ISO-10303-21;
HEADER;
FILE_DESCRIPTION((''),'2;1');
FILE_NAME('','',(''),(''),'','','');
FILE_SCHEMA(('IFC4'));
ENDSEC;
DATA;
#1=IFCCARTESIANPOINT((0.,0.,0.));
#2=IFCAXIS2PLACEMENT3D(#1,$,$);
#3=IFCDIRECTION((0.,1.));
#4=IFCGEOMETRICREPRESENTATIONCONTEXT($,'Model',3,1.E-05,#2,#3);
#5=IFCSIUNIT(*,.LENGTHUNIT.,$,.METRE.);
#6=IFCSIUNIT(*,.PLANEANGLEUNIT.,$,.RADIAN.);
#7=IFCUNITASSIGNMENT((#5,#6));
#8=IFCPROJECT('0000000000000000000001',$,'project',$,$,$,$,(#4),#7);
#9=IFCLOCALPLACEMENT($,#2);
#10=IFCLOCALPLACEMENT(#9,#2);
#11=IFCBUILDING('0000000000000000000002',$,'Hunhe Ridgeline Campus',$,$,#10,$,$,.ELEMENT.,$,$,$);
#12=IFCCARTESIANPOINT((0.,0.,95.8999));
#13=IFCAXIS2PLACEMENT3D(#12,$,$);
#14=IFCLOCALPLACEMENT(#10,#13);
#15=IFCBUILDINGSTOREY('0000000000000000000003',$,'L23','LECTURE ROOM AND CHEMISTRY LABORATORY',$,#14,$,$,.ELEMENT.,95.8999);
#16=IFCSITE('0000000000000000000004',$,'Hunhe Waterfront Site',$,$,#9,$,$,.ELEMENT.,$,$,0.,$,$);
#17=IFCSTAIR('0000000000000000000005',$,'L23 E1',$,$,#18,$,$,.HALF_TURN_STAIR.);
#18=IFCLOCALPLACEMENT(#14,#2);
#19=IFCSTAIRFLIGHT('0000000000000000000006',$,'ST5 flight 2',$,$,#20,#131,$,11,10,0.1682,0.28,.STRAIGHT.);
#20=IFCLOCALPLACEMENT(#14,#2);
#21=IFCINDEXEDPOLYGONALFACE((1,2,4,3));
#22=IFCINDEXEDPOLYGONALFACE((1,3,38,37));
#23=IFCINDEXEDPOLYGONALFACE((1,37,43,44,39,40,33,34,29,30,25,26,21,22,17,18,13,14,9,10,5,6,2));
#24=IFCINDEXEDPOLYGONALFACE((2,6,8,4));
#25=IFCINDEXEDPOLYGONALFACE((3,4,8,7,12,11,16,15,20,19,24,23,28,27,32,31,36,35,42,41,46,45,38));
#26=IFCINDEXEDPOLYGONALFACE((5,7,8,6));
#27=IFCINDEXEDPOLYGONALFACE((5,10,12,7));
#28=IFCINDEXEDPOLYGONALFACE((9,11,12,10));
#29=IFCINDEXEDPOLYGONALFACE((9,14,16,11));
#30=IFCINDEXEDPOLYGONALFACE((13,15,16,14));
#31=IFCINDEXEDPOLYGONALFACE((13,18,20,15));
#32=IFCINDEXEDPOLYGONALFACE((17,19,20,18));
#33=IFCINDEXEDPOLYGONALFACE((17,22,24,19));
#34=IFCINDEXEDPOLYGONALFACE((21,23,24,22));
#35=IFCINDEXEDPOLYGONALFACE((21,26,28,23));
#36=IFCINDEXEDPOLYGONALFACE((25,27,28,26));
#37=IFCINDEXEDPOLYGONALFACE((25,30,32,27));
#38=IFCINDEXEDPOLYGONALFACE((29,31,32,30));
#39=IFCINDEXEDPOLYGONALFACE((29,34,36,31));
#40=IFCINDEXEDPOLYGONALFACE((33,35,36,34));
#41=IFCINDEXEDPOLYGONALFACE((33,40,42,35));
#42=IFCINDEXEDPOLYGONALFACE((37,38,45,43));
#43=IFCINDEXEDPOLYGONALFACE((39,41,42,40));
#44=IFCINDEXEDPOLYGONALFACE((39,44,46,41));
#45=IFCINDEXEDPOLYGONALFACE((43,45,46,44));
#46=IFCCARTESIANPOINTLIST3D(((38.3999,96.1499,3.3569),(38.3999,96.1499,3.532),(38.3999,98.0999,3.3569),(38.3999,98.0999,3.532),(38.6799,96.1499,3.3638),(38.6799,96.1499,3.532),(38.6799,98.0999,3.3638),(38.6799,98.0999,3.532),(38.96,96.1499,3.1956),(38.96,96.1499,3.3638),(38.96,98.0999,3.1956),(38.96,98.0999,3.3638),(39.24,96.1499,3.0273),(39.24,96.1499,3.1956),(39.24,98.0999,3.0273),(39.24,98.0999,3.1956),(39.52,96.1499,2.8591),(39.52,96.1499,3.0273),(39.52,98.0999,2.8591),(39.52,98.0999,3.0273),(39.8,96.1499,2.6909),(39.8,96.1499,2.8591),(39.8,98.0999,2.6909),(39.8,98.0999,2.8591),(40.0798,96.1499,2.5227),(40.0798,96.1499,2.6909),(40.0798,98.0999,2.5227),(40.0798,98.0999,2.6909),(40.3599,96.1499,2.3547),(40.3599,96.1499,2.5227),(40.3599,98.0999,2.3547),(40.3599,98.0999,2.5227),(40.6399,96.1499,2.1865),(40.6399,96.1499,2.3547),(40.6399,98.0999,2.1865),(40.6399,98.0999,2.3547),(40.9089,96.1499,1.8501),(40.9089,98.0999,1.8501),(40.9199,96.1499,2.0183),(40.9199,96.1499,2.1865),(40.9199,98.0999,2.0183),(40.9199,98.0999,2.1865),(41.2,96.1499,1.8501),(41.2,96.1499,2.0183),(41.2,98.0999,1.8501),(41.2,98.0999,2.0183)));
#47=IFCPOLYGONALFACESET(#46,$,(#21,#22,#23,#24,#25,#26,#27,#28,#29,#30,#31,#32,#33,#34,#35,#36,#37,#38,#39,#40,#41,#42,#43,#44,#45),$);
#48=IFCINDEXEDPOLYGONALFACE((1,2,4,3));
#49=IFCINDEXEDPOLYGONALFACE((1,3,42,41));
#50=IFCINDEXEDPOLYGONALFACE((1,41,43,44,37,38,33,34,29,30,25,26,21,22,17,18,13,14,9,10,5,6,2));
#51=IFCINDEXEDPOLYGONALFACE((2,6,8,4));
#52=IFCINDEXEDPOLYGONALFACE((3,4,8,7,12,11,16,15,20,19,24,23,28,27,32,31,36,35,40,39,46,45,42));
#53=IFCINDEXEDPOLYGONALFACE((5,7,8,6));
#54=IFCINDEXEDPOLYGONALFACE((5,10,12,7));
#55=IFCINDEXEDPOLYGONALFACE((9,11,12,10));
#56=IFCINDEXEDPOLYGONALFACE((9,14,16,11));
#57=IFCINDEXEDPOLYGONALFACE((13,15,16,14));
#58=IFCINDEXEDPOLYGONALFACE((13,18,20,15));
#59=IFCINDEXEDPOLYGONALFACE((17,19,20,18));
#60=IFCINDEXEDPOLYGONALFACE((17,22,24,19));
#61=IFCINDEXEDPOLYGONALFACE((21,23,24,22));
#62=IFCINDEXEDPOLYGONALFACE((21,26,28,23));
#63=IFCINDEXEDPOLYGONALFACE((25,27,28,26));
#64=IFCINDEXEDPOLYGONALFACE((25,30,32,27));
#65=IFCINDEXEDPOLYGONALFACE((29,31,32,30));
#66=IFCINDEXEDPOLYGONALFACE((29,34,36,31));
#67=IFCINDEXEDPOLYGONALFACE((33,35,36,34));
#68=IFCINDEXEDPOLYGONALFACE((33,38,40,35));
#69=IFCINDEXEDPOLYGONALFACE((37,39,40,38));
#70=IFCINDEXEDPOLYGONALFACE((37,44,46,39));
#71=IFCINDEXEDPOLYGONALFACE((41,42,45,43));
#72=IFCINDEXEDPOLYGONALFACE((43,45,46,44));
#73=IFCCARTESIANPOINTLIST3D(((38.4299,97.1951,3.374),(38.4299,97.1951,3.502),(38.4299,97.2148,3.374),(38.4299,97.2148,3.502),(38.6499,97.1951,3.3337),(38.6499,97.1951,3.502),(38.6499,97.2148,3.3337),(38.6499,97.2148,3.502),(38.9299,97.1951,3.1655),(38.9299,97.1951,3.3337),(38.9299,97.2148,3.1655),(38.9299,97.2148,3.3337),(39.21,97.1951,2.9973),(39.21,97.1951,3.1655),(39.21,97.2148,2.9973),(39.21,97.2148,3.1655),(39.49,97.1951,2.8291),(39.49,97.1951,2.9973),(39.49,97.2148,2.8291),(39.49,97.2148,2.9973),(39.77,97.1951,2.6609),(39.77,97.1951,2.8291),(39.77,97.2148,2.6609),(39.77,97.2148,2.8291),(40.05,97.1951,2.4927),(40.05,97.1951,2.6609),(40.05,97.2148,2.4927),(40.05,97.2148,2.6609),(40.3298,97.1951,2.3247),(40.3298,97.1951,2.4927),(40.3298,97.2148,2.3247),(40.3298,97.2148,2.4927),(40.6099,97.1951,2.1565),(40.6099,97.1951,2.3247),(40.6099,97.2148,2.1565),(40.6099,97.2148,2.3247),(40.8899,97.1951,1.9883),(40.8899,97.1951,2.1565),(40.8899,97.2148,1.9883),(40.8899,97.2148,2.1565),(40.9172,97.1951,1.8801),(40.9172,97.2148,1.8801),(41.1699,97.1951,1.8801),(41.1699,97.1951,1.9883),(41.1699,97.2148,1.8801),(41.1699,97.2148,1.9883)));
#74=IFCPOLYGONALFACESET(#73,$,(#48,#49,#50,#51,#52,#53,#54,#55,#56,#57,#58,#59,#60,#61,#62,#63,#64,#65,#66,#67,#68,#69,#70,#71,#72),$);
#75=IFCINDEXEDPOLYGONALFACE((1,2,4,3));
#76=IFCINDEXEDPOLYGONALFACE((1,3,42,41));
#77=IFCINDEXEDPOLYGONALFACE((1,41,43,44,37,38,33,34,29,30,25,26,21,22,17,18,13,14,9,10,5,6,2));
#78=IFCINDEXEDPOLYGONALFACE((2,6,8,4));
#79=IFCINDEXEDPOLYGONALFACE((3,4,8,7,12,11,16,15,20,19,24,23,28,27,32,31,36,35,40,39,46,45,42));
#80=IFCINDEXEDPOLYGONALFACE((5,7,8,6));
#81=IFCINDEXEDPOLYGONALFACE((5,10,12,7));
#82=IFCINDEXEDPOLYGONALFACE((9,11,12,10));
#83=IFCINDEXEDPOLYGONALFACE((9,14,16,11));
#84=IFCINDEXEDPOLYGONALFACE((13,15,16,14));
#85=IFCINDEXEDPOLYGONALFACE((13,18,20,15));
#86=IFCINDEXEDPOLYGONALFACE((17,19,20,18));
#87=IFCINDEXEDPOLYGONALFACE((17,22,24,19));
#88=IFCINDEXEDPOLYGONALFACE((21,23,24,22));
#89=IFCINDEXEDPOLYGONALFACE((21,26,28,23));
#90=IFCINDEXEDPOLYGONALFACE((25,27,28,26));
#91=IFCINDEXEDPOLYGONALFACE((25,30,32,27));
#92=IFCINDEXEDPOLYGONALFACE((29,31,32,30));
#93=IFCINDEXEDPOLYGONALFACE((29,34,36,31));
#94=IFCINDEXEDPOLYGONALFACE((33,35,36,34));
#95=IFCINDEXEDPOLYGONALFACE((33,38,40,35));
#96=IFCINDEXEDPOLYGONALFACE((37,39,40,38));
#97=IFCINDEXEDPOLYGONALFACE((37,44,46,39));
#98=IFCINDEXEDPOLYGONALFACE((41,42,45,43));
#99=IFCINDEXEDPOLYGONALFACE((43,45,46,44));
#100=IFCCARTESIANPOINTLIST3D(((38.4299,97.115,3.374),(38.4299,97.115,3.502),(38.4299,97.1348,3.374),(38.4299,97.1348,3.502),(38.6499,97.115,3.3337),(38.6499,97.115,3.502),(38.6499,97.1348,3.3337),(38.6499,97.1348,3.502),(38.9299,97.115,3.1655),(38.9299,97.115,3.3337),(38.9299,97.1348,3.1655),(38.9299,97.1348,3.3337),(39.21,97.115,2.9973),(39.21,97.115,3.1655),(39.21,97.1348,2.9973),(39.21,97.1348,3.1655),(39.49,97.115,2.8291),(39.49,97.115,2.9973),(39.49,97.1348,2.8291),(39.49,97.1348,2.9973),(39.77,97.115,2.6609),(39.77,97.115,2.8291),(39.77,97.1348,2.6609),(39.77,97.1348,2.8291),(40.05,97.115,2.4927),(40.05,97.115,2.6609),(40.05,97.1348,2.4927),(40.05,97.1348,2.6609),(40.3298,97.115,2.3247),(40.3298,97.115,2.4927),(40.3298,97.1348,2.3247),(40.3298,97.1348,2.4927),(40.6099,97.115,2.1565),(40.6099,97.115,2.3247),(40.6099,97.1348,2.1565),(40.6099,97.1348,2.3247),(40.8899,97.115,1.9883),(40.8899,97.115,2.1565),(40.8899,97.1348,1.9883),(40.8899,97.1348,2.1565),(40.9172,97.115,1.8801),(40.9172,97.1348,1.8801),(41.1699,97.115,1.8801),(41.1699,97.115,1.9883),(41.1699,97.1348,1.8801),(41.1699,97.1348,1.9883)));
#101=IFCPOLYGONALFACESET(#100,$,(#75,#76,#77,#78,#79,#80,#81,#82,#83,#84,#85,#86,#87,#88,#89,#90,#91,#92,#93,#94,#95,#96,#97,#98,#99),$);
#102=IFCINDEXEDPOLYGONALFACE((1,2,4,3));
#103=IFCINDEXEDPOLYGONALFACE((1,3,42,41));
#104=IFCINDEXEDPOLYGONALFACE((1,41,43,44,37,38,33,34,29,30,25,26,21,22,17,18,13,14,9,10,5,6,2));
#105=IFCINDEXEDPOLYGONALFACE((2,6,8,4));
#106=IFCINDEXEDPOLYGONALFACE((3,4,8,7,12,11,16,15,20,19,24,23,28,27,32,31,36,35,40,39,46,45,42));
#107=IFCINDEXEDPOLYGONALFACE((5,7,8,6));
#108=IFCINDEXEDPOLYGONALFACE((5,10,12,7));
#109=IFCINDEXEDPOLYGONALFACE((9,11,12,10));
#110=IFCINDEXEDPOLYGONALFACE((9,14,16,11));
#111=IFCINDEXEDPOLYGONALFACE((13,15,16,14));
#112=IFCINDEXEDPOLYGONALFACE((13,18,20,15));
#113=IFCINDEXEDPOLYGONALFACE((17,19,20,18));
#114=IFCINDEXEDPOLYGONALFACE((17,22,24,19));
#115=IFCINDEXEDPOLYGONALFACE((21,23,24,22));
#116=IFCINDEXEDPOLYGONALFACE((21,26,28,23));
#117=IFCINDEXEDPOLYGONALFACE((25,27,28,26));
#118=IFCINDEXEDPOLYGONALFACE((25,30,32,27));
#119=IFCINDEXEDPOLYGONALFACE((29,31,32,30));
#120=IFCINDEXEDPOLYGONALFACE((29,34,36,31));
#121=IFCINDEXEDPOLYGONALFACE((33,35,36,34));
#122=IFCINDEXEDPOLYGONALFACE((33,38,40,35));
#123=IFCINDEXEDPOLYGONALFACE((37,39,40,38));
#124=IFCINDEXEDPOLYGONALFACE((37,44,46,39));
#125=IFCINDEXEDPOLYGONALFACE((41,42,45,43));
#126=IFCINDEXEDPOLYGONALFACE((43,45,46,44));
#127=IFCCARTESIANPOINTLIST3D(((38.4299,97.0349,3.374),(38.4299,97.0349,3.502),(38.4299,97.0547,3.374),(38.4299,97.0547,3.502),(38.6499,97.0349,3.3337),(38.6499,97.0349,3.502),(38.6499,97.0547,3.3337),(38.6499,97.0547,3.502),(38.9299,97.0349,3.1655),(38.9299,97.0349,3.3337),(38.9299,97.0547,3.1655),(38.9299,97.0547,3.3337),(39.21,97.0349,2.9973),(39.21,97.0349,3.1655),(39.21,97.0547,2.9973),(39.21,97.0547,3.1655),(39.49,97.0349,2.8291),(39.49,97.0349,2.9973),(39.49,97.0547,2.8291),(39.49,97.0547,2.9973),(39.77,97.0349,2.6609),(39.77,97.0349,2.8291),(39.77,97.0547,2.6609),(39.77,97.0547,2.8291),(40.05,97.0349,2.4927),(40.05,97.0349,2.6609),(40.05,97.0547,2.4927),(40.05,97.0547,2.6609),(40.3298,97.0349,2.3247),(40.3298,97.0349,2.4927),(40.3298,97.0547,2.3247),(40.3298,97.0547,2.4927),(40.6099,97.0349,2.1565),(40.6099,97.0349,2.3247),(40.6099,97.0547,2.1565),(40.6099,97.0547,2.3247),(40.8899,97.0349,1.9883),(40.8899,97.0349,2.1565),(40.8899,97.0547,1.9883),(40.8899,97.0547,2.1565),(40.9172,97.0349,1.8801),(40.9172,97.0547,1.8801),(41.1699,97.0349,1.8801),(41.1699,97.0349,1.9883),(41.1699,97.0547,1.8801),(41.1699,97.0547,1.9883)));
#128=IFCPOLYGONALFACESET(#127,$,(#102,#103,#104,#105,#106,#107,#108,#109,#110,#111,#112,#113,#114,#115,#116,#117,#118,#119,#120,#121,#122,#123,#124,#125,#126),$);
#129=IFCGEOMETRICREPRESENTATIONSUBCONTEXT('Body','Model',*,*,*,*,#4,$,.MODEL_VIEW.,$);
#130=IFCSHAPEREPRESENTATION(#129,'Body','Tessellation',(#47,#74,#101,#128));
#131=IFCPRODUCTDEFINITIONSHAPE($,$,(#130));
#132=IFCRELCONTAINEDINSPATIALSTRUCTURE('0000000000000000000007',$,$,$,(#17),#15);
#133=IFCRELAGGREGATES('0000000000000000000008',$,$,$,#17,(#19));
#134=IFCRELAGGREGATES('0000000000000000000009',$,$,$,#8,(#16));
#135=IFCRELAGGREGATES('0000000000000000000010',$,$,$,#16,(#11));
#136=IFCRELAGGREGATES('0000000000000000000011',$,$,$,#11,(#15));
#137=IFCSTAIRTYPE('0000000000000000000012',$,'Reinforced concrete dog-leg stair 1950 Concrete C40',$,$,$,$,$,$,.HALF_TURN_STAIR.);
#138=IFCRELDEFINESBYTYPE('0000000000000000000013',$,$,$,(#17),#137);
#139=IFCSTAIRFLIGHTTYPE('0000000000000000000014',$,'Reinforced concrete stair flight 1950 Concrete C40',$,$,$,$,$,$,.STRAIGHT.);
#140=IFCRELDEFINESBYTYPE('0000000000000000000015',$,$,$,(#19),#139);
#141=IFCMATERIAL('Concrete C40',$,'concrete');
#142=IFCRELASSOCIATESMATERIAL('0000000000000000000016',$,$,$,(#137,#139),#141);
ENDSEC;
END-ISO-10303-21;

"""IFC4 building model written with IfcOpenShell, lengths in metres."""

from ifc_helpers import new_model, si_unit, direction, frame, origin, place, context, subcontext, project, spatial, polyline, outline, extrude, material, type_object, element, aggregate, save


model = new_model("IFC4")

# Units and contexts
model_context = context("Model", 3, precision=1e-05, world=origin(), true_north=direction((0.0, 1.0)))
body_context = subcontext(model_context, "Body", "Model", "MODEL_VIEW")
ifc_project = project(units=[si_unit("LENGTHUNIT", "METRE"), si_unit("PLANEANGLEUNIT", "RADIAN")], contexts=[model_context])

# Site, building, storey
site_placement = place(None, origin())
site = spatial("IfcSite", under=ifc_project, at=site_placement, Name="Hunhe Waterfront Site", CompositionType="ELEMENT", RefElevation=0.0)
building_placement = place(site_placement, origin())
building = spatial("IfcBuilding", under=site, at=building_placement, Name="Hunhe Ridgeline Campus", CompositionType="ELEMENT")
storey_placement = place(building_placement, frame((0.0, 0.0, 95.8999)))
storey = spatial("IfcBuildingStorey", under=building, at=storey_placement, Name="L23", Description="LECTURE ROOM AND CHEMISTRY LABORATORY", CompositionType="ELEMENT", Elevation=95.8999)

# Stair, stair flight
ifc_material_1 = material(Name="Concrete C40", Category="concrete")
stair_type = type_object("IfcStairType", Name="Reinforced concrete dog-leg stair 1950 Concrete C40", PredefinedType="HALF_TURN_STAIR", material=ifc_material_1)
stair_placement = place(storey_placement, origin())
stair = element("IfcStair", 1, at=stair_placement, inside=storey, type_object=stair_type, Name="L23 E1", PredefinedType="HALF_TURN_STAIR")
stair_flight_type = type_object("IfcStairFlightType", Name="Reinforced concrete stair flight 1950 Concrete C40", PredefinedType="STRAIGHT", material=ifc_material_1)
stair_flight_1_placement = place(storey_placement, frame((41.2, 97.125, 1.8501), z_axis=(0.0, 0.0, 1.0), x_axis=(-1.0, 0.0, 0.0)))
stair_flight_1 = element("IfcStairFlight", 2, at=stair_flight_1_placement, type_object=stair_flight_type, Name="ST5 flight 2", NumberOfRisers=11, NumberOfTreads=10, PredefinedType="STRAIGHT", RiserHeight=0.1682, TreadLength=0.28, context=body_context, shape_type="SweptSolid", body=[
    extrude(outline(polyline([(0.0, 0.0), (0.0, 0.1682), (0.28, 0.1682), (0.28, 0.3364), (0.5601, 0.3364), (0.5601, 0.5046), (0.8401, 0.5046), (0.8401, 0.6726), (1.1201, 0.6726), (1.1201, 0.8408), (1.3999, 0.8408), (1.3999, 1.009), (1.6799, 1.009), (1.6799, 1.1772), (1.96, 1.1772), (1.96, 1.3455), (2.24, 1.3455), (2.24, 1.5137), (2.52, 1.5137), (2.52, 1.6819), (2.8, 1.6819), (2.8, 1.8501), (2.8, 1.5068), (0.291, 0.0), (0.0, 0.0)])), frame((0.0, 0.9751, 0.0), z_axis=(0.0, -1.0, 0.0), x_axis=(1.0, 0.0, 0.0)), (0.0, 0.0, 1.0), 1.95),
    extrude(outline(polyline([(0.03, 0.03), (0.03, 0.1382), (0.3101, 0.1382), (0.3101, 0.3064), (0.5901, 0.3064), (0.5901, 0.4746), (0.8701, 0.4746), (0.8701, 0.6426), (1.1499, 0.6426), (1.1499, 0.8108), (1.4299, 0.8108), (1.4299, 0.979), (1.71, 0.979), (1.71, 1.1472), (1.99, 1.1472), (1.99, 1.3154), (2.27, 1.3154), (2.27, 1.4836), (2.55, 1.4836), (2.55, 1.6519), (2.77, 1.6519), (2.77, 1.5239), (0.2827, 0.03), (0.03, 0.03)])), frame((0.0, -0.0701, 0.0), z_axis=(0.0, -1.0, 0.0), x_axis=(1.0, 0.0, 0.0)), (0.0, 0.0, 1.0), 0.0198),
    extrude(outline(polyline([(0.03, 0.03), (0.03, 0.1382), (0.3101, 0.1382), (0.3101, 0.3064), (0.5901, 0.3064), (0.5901, 0.4746), (0.8701, 0.4746), (0.8701, 0.6426), (1.1499, 0.6426), (1.1499, 0.8108), (1.4299, 0.8108), (1.4299, 0.979), (1.71, 0.979), (1.71, 1.1472), (1.99, 1.1472), (1.99, 1.3154), (2.27, 1.3154), (2.27, 1.4836), (2.55, 1.4836), (2.55, 1.6519), (2.77, 1.6519), (2.77, 1.5239), (0.2827, 0.03), (0.03, 0.03)])), frame((0.0, 0.01, 0.0), z_axis=(0.0, -1.0, 0.0), x_axis=(1.0, 0.0, 0.0)), (0.0, 0.0, 1.0), 0.0198),
    extrude(outline(polyline([(0.03, 0.03), (0.03, 0.1382), (0.3101, 0.1382), (0.3101, 0.3064), (0.5901, 0.3064), (0.5901, 0.4746), (0.8701, 0.4746), (0.8701, 0.6426), (1.1499, 0.6426), (1.1499, 0.8108), (1.4299, 0.8108), (1.4299, 0.979), (1.71, 0.979), (1.71, 1.1472), (1.99, 1.1472), (1.99, 1.3154), (2.27, 1.3154), (2.27, 1.4836), (2.55, 1.4836), (2.55, 1.6519), (2.77, 1.6519), (2.77, 1.5239), (0.2827, 0.03), (0.03, 0.03)])), frame((0.0, 0.0901, 0.0), z_axis=(0.0, -1.0, 0.0), x_axis=(1.0, 0.0, 0.0)), (0.0, 0.0, 1.0), 0.0198),
])
aggregate(stair, [stair_flight_1])

save(model, "model.ifc")
